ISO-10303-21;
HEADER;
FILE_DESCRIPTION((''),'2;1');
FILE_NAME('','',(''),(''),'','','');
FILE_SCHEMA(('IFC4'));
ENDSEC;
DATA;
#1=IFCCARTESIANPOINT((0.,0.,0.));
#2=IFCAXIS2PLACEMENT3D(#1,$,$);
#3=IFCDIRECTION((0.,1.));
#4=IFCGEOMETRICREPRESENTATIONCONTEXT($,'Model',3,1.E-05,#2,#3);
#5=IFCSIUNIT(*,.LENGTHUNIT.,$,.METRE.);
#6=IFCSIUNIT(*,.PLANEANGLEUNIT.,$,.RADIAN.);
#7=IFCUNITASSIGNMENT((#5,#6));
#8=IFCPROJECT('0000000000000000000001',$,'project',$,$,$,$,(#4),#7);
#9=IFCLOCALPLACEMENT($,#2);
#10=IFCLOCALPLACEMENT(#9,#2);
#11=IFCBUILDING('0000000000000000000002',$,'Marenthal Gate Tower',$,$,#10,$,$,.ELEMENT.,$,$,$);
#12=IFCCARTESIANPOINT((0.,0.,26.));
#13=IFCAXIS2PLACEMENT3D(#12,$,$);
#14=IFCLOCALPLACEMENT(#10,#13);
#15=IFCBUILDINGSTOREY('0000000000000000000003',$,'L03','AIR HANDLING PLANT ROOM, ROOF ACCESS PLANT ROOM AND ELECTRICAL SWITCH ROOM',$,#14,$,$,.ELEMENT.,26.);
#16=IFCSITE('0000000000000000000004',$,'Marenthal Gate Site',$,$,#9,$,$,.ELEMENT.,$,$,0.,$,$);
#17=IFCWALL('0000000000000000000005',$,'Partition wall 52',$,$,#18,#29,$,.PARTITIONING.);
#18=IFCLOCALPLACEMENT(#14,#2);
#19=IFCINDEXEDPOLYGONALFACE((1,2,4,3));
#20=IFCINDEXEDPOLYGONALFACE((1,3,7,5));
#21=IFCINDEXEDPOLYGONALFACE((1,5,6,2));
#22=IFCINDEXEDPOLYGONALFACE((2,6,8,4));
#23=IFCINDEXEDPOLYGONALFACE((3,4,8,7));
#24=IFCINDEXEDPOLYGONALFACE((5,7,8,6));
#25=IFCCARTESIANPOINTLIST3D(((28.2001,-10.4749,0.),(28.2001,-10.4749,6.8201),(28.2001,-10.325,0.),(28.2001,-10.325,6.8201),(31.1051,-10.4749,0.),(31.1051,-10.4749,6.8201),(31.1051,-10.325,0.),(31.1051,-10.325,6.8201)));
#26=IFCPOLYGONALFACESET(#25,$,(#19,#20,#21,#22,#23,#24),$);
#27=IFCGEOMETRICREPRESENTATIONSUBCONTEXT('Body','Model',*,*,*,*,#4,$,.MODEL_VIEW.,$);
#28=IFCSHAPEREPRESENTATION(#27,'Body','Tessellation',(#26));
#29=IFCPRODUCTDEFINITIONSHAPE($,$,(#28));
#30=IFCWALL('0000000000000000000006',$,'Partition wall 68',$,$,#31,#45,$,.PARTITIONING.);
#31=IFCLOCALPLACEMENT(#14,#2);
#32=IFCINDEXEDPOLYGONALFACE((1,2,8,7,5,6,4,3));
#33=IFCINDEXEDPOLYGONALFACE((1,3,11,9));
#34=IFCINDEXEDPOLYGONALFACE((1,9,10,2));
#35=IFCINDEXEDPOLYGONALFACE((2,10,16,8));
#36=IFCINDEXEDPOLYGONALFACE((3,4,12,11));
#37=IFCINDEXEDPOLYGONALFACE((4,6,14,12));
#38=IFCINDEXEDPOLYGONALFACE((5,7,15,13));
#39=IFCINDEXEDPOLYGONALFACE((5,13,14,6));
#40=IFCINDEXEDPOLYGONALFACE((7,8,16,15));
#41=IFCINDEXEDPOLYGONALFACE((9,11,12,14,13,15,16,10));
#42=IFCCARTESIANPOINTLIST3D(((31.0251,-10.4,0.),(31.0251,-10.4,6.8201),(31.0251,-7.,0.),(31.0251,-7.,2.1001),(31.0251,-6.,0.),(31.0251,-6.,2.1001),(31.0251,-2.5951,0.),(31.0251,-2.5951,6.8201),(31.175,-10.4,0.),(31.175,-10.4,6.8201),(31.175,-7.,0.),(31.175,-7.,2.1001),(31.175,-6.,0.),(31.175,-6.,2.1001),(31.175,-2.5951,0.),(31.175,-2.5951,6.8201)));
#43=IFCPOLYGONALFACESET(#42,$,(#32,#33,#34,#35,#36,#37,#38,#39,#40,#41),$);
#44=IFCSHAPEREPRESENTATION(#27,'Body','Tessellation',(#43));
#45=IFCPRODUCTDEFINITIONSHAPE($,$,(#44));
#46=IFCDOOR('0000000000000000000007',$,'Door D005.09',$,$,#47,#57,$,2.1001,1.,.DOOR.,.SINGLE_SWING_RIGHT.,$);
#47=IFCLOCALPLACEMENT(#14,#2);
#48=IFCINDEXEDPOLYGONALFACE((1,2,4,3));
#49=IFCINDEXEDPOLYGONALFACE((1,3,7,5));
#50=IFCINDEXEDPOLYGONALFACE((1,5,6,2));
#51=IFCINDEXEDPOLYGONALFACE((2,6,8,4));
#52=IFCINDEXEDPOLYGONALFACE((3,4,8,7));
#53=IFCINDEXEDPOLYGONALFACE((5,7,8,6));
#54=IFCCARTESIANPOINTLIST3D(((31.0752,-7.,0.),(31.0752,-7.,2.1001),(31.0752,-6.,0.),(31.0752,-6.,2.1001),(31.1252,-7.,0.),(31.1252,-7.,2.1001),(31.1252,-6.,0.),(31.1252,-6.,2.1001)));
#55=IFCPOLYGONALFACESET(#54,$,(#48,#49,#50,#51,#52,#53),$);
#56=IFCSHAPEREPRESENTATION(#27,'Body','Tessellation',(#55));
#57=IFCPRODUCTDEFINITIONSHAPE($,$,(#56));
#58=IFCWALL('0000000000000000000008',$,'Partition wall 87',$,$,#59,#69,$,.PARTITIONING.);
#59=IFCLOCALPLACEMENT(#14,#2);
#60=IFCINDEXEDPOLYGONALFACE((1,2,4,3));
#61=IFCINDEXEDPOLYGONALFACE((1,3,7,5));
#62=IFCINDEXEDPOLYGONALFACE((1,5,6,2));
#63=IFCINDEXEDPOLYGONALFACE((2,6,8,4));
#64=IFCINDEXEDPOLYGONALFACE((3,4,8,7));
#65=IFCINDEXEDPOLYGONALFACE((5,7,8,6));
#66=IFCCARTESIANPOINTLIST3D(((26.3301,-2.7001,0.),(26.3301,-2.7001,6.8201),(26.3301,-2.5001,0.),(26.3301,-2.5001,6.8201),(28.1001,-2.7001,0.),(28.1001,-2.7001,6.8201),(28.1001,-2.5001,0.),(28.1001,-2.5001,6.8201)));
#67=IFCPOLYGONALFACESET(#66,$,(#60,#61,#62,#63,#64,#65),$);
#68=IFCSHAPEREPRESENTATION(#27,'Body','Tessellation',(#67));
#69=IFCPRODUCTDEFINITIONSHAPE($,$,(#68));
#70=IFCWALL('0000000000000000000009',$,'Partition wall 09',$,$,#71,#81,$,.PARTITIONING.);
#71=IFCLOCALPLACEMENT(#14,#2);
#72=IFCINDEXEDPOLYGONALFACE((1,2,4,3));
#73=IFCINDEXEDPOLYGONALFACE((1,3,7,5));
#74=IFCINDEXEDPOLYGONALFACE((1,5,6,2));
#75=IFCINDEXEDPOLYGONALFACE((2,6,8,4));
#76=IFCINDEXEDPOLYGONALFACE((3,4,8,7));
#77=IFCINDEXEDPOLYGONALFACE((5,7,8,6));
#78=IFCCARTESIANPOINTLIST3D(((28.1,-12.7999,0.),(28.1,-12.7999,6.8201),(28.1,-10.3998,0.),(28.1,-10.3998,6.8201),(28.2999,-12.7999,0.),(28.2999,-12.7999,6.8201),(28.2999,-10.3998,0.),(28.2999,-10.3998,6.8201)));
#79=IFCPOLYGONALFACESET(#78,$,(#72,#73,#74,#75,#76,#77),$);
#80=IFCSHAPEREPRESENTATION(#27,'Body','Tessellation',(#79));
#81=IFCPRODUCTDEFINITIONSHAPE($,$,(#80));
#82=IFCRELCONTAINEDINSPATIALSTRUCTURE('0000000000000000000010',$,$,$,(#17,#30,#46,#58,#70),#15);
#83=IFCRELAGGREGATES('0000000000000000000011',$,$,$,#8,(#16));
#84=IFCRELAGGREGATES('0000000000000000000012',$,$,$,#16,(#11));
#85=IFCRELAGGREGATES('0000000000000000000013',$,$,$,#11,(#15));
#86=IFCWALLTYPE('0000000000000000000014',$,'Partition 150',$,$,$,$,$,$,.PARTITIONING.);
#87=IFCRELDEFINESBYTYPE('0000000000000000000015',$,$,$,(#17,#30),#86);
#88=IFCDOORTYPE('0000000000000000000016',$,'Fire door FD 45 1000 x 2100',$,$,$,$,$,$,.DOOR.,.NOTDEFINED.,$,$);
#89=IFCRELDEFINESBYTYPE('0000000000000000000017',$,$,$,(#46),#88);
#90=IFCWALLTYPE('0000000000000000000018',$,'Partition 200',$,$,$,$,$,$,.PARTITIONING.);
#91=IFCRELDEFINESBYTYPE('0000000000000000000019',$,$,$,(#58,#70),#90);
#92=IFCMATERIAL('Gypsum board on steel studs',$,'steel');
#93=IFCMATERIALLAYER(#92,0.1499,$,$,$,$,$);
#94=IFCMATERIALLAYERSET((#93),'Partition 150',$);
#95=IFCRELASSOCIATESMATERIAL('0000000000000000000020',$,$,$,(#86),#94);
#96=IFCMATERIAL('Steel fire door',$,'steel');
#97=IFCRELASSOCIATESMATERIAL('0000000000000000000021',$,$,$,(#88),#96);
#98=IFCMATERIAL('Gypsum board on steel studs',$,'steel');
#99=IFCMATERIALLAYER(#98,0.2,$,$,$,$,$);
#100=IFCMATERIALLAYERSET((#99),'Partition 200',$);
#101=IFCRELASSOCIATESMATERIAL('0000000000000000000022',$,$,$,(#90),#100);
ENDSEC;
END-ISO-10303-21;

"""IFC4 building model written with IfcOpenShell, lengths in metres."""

from ifc_helpers import new_model, si_unit, direction, frame, frame_2d, origin, place, context, subcontext, project, spatial, rectangle, extrude, material, layer, layer_set, type_object, element, fill, save


model = new_model("IFC4")

# Units and contexts
model_context = context("Model", 3, precision=1e-05, world=origin(), true_north=direction((0.0, 1.0)))
body_context = subcontext(model_context, "Body", "Model", "MODEL_VIEW")
ifc_project = project(units=[si_unit("LENGTHUNIT", "METRE"), si_unit("PLANEANGLEUNIT", "RADIAN")], contexts=[model_context])

# Site, building, storey
site_placement = place(None, origin())
site = spatial("IfcSite", under=ifc_project, at=site_placement, Name="Marenthal Gate Site", CompositionType="ELEMENT", RefElevation=0.0)
building_placement = place(site_placement, origin())
building = spatial("IfcBuilding", under=site, at=building_placement, Name="Marenthal Gate Tower", CompositionType="ELEMENT")
storey_placement = place(building_placement, frame((0.0, 0.0, 26.0)))
storey = spatial("IfcBuildingStorey", under=building, at=storey_placement, Name="L03", Description="AIR HANDLING PLANT ROOM, ROOF ACCESS PLANT ROOM AND ELECTRICAL SWITCH ROOM", CompositionType="ELEMENT", Elevation=26.0)

# Shared definitions
ifc_material_1 = material(Name="Gypsum board on steel studs", Category="steel")
ifc_layer_1 = layer(ifc_material_1, 0.1499)
ifc_layer_set_1 = layer_set([ifc_layer_1], Name="Partition 150")
wall_type_1 = type_object("IfcWallType", Name="Partition 150", PredefinedType="PARTITIONING", material=ifc_layer_set_1)
ifc_material_2 = material(Name="Steel fire door", Category="steel")
door_type_1 = type_object("IfcDoorType", Name="Fire door FD 45 1000 x 2100", OperationType="NOTDEFINED", PredefinedType="DOOR", material=ifc_material_2)

# Wall
wall_1_placement = place(storey_placement, frame((28.2, -10.3999, 0.0), z_axis=(0.0, 0.0, 1.0), x_axis=(1.0, 0.0, 0.0)))
element("IfcWall", 1, at=wall_1_placement, inside=storey, type_object=wall_type_1, Name="Partition wall 52", PredefinedType="PARTITIONING", context=body_context, shape_type="SweptSolid", body=[
    extrude(rectangle(XDim=2.905, YDim=0.1499, at=frame_2d((1.4526, 0.0))), origin(), (0.0, 0.0, 1.0), 6.8201),
])

# Wall, opening, door
wall_2_placement = place(storey_placement, frame((31.1001, -10.3999, 0.0), z_axis=(0.0, 0.0, 1.0), x_axis=(0.0, 1.0, 0.0)))
wall_2 = element("IfcWall", 2, at=wall_2_placement, inside=storey, type_object=wall_type_1, Name="Partition wall 68", PredefinedType="PARTITIONING", context=body_context, shape_type="SweptSolid", body=[
    extrude(rectangle(XDim=7.8049, YDim=0.1499, at=frame_2d((3.9023, 0.0))), origin(), (0.0, 0.0, 1.0), 6.8201),
])
opening_1_placement = place(wall_2_placement, frame((3.3999, 0.0, 0.0)))
opening_1 = element("IfcOpeningElement", 3, at=opening_1_placement, cuts=wall_2, PredefinedType="OPENING", context=body_context, shape_type="SweptSolid", body=[
    extrude(rectangle(XDim=1.0, YDim=2.1001, at=frame_2d((0.5, 1.05))), frame((0.0, 0.085, 0.0), z_axis=(0.0, -1.0, 0.0), x_axis=(1.0, 0.0, 0.0)), (0.0, 0.0, 1.0), 0.1699),
])
door_1_placement = place(opening_1_placement, origin())
door_1 = element("IfcDoor", 4, at=door_1_placement, inside=storey, type_object=door_type_1, Name="Door D005.09", OperationType="SINGLE_SWING_RIGHT", OverallHeight=2.1001, OverallWidth=1.0, PredefinedType="DOOR", context=body_context, shape_type="SweptSolid", body=[
    extrude(rectangle(XDim=1.0, YDim=2.1001, at=frame_2d((0.5, 1.05))), frame((0.0, 0.0249, 0.0), z_axis=(0.0, -1.0, 0.0), x_axis=(1.0, 0.0, 0.0)), (0.0, 0.0, 1.0), 0.05),
])
fill(opening_1, door_1)

# Walls
ifc_material_3 = material(Name="Gypsum board on steel studs", Category="steel")
ifc_layer_2 = layer(ifc_material_3, 0.2)
ifc_layer_set_2 = layer_set([ifc_layer_2], Name="Partition 200")
wall_type_2 = type_object("IfcWallType", Name="Partition 200", PredefinedType="PARTITIONING", material=ifc_layer_set_2)
wall_3_placement = place(storey_placement, frame((26.3301, -2.6001, 0.0), z_axis=(0.0, 0.0, 1.0), x_axis=(1.0, 0.0, 0.0)))
element("IfcWall", 5, at=wall_3_placement, inside=storey, type_object=wall_type_2, Name="Partition wall 87", PredefinedType="PARTITIONING", context=body_context, shape_type="SweptSolid", body=[
    extrude(rectangle(XDim=1.77, YDim=0.2, at=frame_2d((0.885, 0.0))), origin(), (0.0, 0.0, 1.0), 6.8201),
])
wall_4_placement = place(storey_placement, frame((28.2, -12.8, 0.0), z_axis=(0.0, 0.0, 1.0), x_axis=(0.0, 1.0, 0.0)))
element("IfcWall", 6, at=wall_4_placement, inside=storey, type_object=wall_type_2, Name="Partition wall 09", PredefinedType="PARTITIONING", context=body_context, shape_type="SweptSolid", body=[
    extrude(rectangle(XDim=2.4001, YDim=0.2, at=frame_2d((1.2002, 0.0))), origin(), (0.0, 0.0, 1.0), 6.8201),
])

save(model, "model.ifc")
